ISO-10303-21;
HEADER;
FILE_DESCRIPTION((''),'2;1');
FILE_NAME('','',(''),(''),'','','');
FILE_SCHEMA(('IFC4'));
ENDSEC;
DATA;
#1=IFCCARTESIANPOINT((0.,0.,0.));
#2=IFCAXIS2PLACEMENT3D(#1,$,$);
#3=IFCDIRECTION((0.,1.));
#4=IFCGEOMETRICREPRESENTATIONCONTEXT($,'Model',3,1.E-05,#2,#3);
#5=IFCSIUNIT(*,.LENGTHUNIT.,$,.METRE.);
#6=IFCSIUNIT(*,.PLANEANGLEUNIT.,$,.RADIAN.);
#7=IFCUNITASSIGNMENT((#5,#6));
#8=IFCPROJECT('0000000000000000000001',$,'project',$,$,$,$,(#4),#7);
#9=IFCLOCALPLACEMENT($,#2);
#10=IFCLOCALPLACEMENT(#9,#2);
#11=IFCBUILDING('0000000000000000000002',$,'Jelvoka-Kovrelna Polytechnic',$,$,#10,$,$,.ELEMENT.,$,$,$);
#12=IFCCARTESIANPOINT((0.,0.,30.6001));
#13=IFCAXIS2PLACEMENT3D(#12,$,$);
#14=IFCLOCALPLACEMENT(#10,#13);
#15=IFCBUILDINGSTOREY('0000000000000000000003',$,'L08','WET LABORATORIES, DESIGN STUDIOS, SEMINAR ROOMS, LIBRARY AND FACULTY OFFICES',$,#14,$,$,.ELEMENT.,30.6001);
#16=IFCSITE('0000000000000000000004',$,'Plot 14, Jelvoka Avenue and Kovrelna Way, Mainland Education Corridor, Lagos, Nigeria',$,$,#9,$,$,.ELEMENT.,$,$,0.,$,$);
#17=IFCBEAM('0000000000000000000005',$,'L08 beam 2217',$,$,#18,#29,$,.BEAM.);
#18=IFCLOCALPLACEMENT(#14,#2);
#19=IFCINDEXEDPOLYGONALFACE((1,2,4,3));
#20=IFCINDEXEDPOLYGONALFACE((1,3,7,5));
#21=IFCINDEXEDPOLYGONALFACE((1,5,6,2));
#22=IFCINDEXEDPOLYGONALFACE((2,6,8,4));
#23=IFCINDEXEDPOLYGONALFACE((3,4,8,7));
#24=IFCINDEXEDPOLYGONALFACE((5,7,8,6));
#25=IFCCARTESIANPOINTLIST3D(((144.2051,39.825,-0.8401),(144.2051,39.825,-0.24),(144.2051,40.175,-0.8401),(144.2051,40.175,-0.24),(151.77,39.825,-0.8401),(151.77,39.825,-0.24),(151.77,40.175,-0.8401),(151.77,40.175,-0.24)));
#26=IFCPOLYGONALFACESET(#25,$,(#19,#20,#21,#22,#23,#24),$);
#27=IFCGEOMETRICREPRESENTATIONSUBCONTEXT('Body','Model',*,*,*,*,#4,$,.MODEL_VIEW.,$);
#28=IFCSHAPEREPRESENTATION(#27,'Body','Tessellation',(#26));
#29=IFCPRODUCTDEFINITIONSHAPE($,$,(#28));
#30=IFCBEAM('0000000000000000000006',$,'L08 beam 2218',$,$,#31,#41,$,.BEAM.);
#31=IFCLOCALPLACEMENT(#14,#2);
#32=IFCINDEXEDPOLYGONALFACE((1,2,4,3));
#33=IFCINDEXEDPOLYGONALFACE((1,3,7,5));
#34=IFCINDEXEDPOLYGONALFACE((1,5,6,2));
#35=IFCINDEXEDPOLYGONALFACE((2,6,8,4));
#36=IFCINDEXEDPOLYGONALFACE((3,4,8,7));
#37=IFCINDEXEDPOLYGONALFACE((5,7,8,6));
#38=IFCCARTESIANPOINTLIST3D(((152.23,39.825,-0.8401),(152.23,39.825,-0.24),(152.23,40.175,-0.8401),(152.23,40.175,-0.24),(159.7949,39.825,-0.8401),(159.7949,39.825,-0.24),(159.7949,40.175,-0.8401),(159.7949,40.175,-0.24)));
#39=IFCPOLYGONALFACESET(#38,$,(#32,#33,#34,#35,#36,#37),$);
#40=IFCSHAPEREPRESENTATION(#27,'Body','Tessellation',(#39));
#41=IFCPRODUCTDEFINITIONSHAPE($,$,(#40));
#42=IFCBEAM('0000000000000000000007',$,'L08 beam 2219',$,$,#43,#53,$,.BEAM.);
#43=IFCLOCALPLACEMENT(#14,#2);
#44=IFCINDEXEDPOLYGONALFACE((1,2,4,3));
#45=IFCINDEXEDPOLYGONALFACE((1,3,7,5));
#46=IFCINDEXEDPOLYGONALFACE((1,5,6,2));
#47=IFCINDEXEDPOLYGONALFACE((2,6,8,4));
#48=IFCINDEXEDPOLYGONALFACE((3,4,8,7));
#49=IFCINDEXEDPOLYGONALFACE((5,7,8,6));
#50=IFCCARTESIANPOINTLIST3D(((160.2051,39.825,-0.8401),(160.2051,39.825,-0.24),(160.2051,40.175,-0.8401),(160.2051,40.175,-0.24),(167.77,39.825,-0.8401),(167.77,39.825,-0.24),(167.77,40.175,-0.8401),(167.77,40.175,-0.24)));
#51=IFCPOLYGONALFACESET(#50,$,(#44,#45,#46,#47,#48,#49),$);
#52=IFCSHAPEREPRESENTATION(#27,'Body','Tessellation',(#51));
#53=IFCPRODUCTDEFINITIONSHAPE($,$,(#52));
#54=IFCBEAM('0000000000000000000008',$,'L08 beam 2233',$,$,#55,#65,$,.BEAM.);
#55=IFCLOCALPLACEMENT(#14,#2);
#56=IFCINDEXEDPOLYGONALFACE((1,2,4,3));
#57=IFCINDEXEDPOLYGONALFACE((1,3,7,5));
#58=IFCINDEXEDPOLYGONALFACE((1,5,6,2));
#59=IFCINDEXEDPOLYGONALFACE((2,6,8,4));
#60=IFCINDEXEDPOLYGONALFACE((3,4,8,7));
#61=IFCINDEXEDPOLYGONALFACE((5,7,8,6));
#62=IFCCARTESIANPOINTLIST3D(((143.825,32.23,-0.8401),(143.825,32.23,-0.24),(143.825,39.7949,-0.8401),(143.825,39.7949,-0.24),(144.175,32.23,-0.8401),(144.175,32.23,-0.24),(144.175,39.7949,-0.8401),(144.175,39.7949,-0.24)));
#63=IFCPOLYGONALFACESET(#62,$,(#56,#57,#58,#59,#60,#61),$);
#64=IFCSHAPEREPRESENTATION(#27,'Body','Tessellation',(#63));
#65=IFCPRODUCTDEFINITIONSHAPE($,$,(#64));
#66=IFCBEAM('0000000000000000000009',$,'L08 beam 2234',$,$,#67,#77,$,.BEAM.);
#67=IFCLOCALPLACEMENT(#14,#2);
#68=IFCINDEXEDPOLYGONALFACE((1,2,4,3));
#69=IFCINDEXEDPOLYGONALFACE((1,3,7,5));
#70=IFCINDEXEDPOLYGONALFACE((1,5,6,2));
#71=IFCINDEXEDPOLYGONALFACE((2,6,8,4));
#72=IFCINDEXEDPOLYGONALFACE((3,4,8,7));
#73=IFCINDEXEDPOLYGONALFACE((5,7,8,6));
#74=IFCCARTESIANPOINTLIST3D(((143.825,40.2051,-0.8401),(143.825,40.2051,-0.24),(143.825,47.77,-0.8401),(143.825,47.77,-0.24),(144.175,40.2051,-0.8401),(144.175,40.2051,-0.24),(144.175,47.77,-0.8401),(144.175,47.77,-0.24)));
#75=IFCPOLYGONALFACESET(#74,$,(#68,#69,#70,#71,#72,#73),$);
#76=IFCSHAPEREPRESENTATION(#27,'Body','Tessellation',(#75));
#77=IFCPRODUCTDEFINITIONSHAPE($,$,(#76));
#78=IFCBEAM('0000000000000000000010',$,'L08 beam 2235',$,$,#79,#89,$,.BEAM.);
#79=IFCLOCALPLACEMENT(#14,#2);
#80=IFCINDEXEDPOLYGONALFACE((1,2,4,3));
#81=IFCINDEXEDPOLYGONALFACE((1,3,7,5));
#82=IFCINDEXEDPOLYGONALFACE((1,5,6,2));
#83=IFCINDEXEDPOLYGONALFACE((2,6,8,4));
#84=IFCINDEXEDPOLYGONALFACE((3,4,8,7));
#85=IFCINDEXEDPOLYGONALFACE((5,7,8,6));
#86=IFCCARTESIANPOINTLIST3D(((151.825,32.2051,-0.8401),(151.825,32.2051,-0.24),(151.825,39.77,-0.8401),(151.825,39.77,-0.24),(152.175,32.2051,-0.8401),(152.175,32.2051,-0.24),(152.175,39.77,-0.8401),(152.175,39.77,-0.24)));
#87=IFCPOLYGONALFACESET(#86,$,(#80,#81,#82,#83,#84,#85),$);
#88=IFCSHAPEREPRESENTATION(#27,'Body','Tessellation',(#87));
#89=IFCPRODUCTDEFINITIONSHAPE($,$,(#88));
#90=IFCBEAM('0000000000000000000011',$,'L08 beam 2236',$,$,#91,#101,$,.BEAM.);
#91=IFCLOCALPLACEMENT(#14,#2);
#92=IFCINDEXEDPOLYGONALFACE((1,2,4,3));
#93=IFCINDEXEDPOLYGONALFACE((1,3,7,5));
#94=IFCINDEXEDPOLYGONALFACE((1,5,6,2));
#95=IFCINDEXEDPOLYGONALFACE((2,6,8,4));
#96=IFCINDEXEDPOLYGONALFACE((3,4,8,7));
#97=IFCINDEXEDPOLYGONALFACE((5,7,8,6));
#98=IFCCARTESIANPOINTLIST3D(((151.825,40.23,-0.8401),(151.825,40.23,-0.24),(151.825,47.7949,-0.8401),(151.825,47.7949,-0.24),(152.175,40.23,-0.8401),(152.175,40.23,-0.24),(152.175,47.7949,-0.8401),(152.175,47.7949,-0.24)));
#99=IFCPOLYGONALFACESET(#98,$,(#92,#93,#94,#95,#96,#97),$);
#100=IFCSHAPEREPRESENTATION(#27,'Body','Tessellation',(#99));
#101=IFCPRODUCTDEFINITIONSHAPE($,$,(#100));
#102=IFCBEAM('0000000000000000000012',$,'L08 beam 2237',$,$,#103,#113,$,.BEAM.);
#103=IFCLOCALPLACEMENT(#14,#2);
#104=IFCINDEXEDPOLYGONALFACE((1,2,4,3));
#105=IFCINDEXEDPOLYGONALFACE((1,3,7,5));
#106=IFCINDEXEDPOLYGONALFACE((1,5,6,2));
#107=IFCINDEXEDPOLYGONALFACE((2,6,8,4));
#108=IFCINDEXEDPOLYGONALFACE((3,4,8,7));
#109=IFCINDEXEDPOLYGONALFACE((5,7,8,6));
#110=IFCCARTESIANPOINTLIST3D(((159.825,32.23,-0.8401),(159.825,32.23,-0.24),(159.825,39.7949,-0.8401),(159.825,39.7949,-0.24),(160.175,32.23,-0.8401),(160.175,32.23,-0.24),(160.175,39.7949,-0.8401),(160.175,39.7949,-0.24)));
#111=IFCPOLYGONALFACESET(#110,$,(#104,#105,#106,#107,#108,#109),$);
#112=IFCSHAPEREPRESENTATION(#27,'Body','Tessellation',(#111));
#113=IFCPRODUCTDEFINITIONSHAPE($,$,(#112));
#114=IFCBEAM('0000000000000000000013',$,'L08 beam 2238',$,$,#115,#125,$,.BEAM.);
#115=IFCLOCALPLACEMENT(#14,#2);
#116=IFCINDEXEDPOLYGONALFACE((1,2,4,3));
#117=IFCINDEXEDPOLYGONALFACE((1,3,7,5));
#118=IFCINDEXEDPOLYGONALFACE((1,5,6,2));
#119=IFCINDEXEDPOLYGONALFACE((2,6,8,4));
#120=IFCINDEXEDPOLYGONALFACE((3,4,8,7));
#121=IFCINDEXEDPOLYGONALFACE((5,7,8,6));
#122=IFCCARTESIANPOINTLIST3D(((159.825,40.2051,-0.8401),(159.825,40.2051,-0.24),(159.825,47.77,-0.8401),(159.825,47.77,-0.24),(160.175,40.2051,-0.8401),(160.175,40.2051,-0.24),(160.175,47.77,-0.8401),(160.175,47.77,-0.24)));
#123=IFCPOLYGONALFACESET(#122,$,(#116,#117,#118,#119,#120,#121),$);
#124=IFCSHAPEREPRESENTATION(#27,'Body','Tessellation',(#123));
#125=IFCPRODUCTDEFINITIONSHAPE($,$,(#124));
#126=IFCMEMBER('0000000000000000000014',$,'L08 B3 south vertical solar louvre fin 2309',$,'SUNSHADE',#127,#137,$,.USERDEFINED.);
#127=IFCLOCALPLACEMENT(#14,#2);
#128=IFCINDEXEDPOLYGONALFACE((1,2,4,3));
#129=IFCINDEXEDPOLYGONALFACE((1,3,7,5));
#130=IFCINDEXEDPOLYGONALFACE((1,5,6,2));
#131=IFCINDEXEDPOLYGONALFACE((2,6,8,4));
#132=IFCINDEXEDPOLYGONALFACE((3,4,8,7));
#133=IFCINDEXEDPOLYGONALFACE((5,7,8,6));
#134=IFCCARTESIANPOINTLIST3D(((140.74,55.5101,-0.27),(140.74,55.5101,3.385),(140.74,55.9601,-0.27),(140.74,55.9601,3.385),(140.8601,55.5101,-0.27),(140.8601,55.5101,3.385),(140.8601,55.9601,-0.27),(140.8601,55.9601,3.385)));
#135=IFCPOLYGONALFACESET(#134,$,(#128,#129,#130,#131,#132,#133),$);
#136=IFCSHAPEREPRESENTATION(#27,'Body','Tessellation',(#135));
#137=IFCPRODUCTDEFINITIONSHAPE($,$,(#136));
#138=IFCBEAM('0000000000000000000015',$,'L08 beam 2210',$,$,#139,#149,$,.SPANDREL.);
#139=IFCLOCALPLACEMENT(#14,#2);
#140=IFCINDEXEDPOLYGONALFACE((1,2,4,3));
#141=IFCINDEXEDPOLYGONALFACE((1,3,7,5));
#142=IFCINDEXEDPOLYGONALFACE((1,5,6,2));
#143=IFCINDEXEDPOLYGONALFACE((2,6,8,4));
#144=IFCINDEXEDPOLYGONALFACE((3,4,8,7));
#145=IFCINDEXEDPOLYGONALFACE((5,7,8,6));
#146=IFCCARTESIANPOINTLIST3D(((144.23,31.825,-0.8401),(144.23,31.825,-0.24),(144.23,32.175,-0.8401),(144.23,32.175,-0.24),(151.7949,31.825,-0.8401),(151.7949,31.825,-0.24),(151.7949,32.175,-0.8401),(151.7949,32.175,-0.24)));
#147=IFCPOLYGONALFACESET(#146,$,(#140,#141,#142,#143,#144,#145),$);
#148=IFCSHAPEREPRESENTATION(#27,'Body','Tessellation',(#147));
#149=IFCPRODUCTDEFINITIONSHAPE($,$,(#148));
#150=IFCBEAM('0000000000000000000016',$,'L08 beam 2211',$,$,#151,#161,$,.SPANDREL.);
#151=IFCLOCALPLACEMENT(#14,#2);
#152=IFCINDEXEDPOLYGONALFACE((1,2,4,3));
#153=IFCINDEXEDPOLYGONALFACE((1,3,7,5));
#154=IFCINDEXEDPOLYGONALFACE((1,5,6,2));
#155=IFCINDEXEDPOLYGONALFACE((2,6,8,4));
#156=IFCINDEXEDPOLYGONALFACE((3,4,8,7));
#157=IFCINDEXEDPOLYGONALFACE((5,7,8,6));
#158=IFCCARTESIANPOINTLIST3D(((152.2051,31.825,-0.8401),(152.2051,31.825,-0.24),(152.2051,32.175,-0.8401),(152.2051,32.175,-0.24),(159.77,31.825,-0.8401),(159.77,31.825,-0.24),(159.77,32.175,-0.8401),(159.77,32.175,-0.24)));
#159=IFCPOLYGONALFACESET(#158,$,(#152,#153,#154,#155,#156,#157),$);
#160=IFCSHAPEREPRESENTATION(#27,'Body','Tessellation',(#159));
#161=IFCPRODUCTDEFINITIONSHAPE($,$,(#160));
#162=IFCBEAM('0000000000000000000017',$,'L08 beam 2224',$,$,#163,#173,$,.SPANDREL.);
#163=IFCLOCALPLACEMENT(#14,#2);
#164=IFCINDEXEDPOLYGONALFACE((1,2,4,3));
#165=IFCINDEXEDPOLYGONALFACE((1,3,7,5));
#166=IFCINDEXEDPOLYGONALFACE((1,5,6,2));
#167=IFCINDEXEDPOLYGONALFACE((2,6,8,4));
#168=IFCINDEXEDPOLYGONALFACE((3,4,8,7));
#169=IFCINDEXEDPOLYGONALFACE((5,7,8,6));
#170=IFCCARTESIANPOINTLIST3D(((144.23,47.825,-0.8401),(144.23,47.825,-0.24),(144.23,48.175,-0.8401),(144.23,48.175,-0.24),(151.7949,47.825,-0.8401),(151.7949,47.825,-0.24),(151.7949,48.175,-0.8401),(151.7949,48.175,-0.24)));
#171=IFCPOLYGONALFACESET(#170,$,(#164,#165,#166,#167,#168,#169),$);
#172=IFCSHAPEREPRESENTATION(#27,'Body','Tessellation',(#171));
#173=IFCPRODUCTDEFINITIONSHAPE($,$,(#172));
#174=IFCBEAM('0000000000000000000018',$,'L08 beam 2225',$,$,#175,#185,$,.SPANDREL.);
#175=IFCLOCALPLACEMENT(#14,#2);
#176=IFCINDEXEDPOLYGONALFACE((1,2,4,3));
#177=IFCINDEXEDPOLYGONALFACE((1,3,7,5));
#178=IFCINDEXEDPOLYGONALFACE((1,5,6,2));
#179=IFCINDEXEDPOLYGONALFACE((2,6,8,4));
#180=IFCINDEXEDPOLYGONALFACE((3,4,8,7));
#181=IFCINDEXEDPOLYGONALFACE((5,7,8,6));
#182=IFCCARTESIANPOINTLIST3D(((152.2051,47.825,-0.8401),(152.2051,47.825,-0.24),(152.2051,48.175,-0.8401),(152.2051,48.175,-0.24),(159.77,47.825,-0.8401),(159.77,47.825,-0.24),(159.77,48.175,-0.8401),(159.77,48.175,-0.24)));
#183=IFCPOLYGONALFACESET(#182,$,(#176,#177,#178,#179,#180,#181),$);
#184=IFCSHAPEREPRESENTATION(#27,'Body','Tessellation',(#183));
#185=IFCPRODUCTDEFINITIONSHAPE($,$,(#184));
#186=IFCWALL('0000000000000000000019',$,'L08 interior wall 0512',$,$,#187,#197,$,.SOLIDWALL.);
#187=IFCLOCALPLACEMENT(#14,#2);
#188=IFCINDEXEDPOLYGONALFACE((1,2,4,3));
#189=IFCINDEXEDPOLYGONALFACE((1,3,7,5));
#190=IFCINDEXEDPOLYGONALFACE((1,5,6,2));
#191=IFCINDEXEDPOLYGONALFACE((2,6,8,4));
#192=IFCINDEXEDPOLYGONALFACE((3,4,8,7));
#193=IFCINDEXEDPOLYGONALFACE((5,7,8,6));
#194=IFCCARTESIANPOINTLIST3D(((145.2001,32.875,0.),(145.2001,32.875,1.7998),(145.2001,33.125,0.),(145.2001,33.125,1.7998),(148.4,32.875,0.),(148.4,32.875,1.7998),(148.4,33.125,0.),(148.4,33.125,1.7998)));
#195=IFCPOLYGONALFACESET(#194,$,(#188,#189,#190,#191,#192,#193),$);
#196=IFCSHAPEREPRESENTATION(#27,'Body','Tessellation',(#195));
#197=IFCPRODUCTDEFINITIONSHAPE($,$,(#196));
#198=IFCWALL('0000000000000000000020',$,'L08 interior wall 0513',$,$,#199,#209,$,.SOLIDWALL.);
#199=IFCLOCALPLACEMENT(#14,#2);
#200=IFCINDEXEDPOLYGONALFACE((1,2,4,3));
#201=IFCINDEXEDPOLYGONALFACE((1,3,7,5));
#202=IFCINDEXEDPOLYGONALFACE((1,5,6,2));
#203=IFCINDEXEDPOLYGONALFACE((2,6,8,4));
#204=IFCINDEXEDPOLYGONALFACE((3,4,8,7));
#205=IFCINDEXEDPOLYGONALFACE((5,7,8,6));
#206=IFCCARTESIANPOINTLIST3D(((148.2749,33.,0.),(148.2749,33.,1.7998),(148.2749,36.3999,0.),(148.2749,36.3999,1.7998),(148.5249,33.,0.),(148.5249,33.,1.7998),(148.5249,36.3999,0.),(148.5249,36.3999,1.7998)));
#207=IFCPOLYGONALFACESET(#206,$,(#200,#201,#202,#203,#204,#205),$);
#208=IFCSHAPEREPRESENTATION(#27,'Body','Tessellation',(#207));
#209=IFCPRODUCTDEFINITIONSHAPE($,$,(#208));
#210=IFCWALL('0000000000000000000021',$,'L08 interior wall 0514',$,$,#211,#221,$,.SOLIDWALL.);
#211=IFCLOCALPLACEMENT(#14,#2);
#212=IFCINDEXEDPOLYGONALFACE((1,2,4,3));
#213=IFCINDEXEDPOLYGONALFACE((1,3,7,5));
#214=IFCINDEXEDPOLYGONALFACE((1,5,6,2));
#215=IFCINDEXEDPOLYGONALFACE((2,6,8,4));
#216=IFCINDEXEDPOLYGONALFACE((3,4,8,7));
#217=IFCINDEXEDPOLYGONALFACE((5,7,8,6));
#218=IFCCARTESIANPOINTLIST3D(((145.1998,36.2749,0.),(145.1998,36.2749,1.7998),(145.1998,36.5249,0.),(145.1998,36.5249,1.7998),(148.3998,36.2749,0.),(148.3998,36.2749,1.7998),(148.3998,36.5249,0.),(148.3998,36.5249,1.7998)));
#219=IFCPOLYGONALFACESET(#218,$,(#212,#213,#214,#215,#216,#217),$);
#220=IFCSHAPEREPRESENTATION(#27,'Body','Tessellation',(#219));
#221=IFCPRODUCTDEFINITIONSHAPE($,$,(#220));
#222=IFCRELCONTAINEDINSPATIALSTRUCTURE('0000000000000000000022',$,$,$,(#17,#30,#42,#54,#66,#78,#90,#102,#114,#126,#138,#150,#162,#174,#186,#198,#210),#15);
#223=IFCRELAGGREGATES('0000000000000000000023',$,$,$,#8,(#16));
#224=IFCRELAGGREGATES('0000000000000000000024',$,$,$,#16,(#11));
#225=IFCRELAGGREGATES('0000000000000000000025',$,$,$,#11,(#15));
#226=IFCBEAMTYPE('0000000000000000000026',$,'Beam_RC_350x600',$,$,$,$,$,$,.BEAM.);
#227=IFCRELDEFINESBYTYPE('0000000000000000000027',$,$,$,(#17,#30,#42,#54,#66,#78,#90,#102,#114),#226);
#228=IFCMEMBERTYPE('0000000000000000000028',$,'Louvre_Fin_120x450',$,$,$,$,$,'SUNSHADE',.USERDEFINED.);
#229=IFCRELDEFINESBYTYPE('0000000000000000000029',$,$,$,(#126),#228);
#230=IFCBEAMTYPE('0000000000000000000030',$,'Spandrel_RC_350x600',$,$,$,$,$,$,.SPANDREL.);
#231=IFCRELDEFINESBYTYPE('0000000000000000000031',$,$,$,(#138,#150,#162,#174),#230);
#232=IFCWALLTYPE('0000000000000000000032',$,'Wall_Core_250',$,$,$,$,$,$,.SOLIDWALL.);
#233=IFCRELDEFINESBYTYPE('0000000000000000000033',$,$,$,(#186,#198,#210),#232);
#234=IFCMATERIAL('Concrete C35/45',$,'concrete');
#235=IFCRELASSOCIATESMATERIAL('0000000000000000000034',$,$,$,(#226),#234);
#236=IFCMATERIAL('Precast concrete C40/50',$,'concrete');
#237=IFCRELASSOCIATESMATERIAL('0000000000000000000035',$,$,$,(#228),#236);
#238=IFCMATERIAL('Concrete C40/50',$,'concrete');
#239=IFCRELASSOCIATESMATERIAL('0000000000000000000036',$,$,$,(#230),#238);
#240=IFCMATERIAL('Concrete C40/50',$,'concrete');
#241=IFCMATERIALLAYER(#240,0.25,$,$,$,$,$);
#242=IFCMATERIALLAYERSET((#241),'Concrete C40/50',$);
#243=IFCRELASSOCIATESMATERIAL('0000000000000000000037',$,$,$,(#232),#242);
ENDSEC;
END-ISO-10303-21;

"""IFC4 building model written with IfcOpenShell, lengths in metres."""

from ifc_helpers import new_model, si_unit, direction, frame, frame_2d, origin, origin_2d, place, context, subcontext, project, spatial, rectangle, extrude, material, layer, layer_set, material_profile, profile_set, type_object, element, save


model = new_model("IFC4")

# Units and contexts
model_context = context("Model", 3, precision=1e-05, world=origin(), true_north=direction((0.0, 1.0)))
body_context = subcontext(model_context, "Body", "Model", "MODEL_VIEW")
ifc_project = project(units=[si_unit("LENGTHUNIT", "METRE"), si_unit("PLANEANGLEUNIT", "RADIAN")], contexts=[model_context])

# Site, building, storey
site_placement = place(None, origin())
site = spatial("IfcSite", under=ifc_project, at=site_placement, Name="Plot 14, Jelvoka Avenue and Kovrelna Way, Mainland Education Corridor, Lagos, Nigeria", CompositionType="ELEMENT", RefElevation=0.0)
building_placement = place(site_placement, origin())
building = spatial("IfcBuilding", under=site, at=building_placement, Name="Jelvoka-Kovrelna Polytechnic", CompositionType="ELEMENT")
storey_placement = place(building_placement, frame((0.0, 0.0, 30.6001)))
storey = spatial("IfcBuildingStorey", under=building, at=storey_placement, Name="L08", Description="WET LABORATORIES, DESIGN STUDIOS, SEMINAR ROOMS, LIBRARY AND FACULTY OFFICES", CompositionType="ELEMENT", Elevation=30.6001)

# Beams
ifc_material_1 = material(Name="Concrete C35/45", Category="concrete")
ifc_material_profile_1 = material_profile(ifc_material_1, rectangle(XDim=0.3501, YDim=0.6001, at=origin_2d()), Name="RC 350x600")
ifc_profile_set_1 = profile_set([ifc_material_profile_1], Name="Concrete C35/45")
beam_type_1 = type_object("IfcBeamType", Name="Beam_RC_350x600", PredefinedType="BEAM", material=ifc_profile_set_1)
for number, where, z_axis, x_axis, name in (
    (1, (144.2051, 40.0, -0.54), (1.0, 0.0, 0.0), (0.0, 1.0, 0.0), "L08 beam 2217"),
    (2, (152.23, 40.0, -0.54), (1.0, 0.0, 0.0), (0.0, 1.0, 0.0), "L08 beam 2218"),
    (3, (160.2051, 40.0, -0.54), (1.0, 0.0, 0.0), (0.0, 1.0, 0.0), "L08 beam 2219"),
    (4, (144.0, 32.23, -0.54), (0.0, 1.0, 0.0), (-1.0, 0.0, 0.0), "L08 beam 2233"),
    (5, (144.0, 40.2051, -0.54), (0.0, 1.0, 0.0), (-1.0, 0.0, 0.0), "L08 beam 2234"),
    (6, (152.0, 32.2051, -0.54), (0.0, 1.0, 0.0), (-1.0, 0.0, 0.0), "L08 beam 2235"),
    (7, (152.0, 40.23, -0.54), (0.0, 1.0, 0.0), (-1.0, 0.0, 0.0), "L08 beam 2236"),
    (8, (160.0, 32.23, -0.54), (0.0, 1.0, 0.0), (-1.0, 0.0, 0.0), "L08 beam 2237"),
    (9, (160.0, 40.2051, -0.54), (0.0, 1.0, 0.0), (-1.0, 0.0, 0.0), "L08 beam 2238"),
):
    element("IfcBeam", number, at=place(storey_placement, frame(where, z_axis=z_axis, x_axis=x_axis)), inside=storey, type_object=beam_type_1, Name=name, PredefinedType="BEAM", context=body_context, shape_type="SweptSolid", body=[
        extrude(rectangle(XDim=0.3501, YDim=0.6001, at=origin_2d()), origin(), (0.0, 0.0, 1.0), 7.5649),
    ])

# Member
ifc_material_2 = material(Name="Precast concrete C40/50", Category="concrete")
ifc_material_profile_2 = material_profile(ifc_material_2, rectangle(XDim=0.1201, YDim=0.45, at=origin_2d()), Name="PC 120x450")
ifc_profile_set_2 = profile_set([ifc_material_profile_2], Name="Precast concrete C40/50")
member_type = type_object("IfcMemberType", Name="Louvre_Fin_120x450", ElementType="SUNSHADE", PredefinedType="USERDEFINED", material=ifc_profile_set_2)
member_placement = place(storey_placement, frame((140.8, 55.7351, -0.27), z_axis=(0.0, 0.0, 1.0), x_axis=(1.0, 0.0, 0.0)))
element("IfcMember", 10, at=member_placement, inside=storey, type_object=member_type, Name="L08 B3 south vertical solar louvre fin 2309", ObjectType="SUNSHADE", PredefinedType="USERDEFINED", context=body_context, shape_type="SweptSolid", body=[
    extrude(rectangle(XDim=0.1201, YDim=0.45, at=origin_2d()), origin(), (0.0, 0.0, 1.0), 3.655),
])

# Beams
ifc_material_3 = material(Name="Concrete C40/50", Category="concrete")
ifc_material_profile_3 = material_profile(ifc_material_3, rectangle(XDim=0.3501, YDim=0.6001, at=origin_2d()), Name="RC 350x600")
ifc_profile_set_3 = profile_set([ifc_material_profile_3], Name="Concrete C40/50")
beam_type_2 = type_object("IfcBeamType", Name="Spandrel_RC_350x600", PredefinedType="SPANDREL", material=ifc_profile_set_3)
for number, where, z_axis, x_axis, name in (
    (11, (144.23, 32.0, -0.54), (1.0, 0.0, 0.0), (0.0, 1.0, 0.0), "L08 beam 2210"),
    (12, (152.2051, 32.0, -0.54), (1.0, 0.0, 0.0), (0.0, 1.0, 0.0), "L08 beam 2211"),
    (13, (144.23, 48.0, -0.54), (1.0, 0.0, 0.0), (0.0, 1.0, 0.0), "L08 beam 2224"),
    (14, (152.2051, 48.0, -0.54), (1.0, 0.0, 0.0), (0.0, 1.0, 0.0), "L08 beam 2225"),
):
    element("IfcBeam", number, at=place(storey_placement, frame(where, z_axis=z_axis, x_axis=x_axis)), inside=storey, type_object=beam_type_2, Name=name, PredefinedType="SPANDREL", context=body_context, shape_type="SweptSolid", body=[
        extrude(rectangle(XDim=0.3501, YDim=0.6001, at=origin_2d()), origin(), (0.0, 0.0, 1.0), 7.5649),
    ])

# Walls
ifc_material_4 = material(Name="Concrete C40/50", Category="concrete")
ifc_layer_1 = layer(ifc_material_4, 0.25)
ifc_layer_set_1 = layer_set([ifc_layer_1], Name="Concrete C40/50")
wall_type_1 = type_object("IfcWallType", Name="Wall_Core_250", PredefinedType="SOLIDWALL", material=ifc_layer_set_1)
wall_1_placement = place(storey_placement, frame((145.2, 33.0, 0.0), z_axis=(0.0, 0.0, 1.0), x_axis=(1.0, 0.0, 0.0)))
element("IfcWall", 15, at=wall_1_placement, inside=storey, type_object=wall_type_1, Name="L08 interior wall 0512", PredefinedType="SOLIDWALL", context=body_context, shape_type="SweptSolid", body=[
    extrude(rectangle(XDim=3.2, YDim=0.25, at=frame_2d((1.6001, 0.0))), origin(), (0.0, 0.0, 1.0), 1.7998),
])
wall_2_placement = place(storey_placement, frame((148.3999, 33.0, 0.0), z_axis=(0.0, 0.0, 1.0), x_axis=(0.0, 1.0, 0.0)))
element("IfcWall", 16, at=wall_2_placement, inside=storey, type_object=wall_type_1, Name="L08 interior wall 0513", PredefinedType="SOLIDWALL", context=body_context, shape_type="SweptSolid", body=[
    extrude(rectangle(XDim=3.3999, YDim=0.25, at=frame_2d((1.7, 0.0))), origin(), (0.0, 0.0, 1.0), 1.7998),
])
wall_3_placement = place(storey_placement, frame((148.3999, 36.3999, 0.0), z_axis=(0.0, 0.0, 1.0), x_axis=(-1.0, 0.0, 0.0)))
element("IfcWall", 17, at=wall_3_placement, inside=storey, type_object=wall_type_1, Name="L08 interior wall 0514", PredefinedType="SOLIDWALL", context=body_context, shape_type="SweptSolid", body=[
    extrude(rectangle(XDim=3.2, YDim=0.25, at=frame_2d((1.6001, 0.0))), origin(), (0.0, 0.0, 1.0), 1.7998),
])

save(model, "model.ifc")
